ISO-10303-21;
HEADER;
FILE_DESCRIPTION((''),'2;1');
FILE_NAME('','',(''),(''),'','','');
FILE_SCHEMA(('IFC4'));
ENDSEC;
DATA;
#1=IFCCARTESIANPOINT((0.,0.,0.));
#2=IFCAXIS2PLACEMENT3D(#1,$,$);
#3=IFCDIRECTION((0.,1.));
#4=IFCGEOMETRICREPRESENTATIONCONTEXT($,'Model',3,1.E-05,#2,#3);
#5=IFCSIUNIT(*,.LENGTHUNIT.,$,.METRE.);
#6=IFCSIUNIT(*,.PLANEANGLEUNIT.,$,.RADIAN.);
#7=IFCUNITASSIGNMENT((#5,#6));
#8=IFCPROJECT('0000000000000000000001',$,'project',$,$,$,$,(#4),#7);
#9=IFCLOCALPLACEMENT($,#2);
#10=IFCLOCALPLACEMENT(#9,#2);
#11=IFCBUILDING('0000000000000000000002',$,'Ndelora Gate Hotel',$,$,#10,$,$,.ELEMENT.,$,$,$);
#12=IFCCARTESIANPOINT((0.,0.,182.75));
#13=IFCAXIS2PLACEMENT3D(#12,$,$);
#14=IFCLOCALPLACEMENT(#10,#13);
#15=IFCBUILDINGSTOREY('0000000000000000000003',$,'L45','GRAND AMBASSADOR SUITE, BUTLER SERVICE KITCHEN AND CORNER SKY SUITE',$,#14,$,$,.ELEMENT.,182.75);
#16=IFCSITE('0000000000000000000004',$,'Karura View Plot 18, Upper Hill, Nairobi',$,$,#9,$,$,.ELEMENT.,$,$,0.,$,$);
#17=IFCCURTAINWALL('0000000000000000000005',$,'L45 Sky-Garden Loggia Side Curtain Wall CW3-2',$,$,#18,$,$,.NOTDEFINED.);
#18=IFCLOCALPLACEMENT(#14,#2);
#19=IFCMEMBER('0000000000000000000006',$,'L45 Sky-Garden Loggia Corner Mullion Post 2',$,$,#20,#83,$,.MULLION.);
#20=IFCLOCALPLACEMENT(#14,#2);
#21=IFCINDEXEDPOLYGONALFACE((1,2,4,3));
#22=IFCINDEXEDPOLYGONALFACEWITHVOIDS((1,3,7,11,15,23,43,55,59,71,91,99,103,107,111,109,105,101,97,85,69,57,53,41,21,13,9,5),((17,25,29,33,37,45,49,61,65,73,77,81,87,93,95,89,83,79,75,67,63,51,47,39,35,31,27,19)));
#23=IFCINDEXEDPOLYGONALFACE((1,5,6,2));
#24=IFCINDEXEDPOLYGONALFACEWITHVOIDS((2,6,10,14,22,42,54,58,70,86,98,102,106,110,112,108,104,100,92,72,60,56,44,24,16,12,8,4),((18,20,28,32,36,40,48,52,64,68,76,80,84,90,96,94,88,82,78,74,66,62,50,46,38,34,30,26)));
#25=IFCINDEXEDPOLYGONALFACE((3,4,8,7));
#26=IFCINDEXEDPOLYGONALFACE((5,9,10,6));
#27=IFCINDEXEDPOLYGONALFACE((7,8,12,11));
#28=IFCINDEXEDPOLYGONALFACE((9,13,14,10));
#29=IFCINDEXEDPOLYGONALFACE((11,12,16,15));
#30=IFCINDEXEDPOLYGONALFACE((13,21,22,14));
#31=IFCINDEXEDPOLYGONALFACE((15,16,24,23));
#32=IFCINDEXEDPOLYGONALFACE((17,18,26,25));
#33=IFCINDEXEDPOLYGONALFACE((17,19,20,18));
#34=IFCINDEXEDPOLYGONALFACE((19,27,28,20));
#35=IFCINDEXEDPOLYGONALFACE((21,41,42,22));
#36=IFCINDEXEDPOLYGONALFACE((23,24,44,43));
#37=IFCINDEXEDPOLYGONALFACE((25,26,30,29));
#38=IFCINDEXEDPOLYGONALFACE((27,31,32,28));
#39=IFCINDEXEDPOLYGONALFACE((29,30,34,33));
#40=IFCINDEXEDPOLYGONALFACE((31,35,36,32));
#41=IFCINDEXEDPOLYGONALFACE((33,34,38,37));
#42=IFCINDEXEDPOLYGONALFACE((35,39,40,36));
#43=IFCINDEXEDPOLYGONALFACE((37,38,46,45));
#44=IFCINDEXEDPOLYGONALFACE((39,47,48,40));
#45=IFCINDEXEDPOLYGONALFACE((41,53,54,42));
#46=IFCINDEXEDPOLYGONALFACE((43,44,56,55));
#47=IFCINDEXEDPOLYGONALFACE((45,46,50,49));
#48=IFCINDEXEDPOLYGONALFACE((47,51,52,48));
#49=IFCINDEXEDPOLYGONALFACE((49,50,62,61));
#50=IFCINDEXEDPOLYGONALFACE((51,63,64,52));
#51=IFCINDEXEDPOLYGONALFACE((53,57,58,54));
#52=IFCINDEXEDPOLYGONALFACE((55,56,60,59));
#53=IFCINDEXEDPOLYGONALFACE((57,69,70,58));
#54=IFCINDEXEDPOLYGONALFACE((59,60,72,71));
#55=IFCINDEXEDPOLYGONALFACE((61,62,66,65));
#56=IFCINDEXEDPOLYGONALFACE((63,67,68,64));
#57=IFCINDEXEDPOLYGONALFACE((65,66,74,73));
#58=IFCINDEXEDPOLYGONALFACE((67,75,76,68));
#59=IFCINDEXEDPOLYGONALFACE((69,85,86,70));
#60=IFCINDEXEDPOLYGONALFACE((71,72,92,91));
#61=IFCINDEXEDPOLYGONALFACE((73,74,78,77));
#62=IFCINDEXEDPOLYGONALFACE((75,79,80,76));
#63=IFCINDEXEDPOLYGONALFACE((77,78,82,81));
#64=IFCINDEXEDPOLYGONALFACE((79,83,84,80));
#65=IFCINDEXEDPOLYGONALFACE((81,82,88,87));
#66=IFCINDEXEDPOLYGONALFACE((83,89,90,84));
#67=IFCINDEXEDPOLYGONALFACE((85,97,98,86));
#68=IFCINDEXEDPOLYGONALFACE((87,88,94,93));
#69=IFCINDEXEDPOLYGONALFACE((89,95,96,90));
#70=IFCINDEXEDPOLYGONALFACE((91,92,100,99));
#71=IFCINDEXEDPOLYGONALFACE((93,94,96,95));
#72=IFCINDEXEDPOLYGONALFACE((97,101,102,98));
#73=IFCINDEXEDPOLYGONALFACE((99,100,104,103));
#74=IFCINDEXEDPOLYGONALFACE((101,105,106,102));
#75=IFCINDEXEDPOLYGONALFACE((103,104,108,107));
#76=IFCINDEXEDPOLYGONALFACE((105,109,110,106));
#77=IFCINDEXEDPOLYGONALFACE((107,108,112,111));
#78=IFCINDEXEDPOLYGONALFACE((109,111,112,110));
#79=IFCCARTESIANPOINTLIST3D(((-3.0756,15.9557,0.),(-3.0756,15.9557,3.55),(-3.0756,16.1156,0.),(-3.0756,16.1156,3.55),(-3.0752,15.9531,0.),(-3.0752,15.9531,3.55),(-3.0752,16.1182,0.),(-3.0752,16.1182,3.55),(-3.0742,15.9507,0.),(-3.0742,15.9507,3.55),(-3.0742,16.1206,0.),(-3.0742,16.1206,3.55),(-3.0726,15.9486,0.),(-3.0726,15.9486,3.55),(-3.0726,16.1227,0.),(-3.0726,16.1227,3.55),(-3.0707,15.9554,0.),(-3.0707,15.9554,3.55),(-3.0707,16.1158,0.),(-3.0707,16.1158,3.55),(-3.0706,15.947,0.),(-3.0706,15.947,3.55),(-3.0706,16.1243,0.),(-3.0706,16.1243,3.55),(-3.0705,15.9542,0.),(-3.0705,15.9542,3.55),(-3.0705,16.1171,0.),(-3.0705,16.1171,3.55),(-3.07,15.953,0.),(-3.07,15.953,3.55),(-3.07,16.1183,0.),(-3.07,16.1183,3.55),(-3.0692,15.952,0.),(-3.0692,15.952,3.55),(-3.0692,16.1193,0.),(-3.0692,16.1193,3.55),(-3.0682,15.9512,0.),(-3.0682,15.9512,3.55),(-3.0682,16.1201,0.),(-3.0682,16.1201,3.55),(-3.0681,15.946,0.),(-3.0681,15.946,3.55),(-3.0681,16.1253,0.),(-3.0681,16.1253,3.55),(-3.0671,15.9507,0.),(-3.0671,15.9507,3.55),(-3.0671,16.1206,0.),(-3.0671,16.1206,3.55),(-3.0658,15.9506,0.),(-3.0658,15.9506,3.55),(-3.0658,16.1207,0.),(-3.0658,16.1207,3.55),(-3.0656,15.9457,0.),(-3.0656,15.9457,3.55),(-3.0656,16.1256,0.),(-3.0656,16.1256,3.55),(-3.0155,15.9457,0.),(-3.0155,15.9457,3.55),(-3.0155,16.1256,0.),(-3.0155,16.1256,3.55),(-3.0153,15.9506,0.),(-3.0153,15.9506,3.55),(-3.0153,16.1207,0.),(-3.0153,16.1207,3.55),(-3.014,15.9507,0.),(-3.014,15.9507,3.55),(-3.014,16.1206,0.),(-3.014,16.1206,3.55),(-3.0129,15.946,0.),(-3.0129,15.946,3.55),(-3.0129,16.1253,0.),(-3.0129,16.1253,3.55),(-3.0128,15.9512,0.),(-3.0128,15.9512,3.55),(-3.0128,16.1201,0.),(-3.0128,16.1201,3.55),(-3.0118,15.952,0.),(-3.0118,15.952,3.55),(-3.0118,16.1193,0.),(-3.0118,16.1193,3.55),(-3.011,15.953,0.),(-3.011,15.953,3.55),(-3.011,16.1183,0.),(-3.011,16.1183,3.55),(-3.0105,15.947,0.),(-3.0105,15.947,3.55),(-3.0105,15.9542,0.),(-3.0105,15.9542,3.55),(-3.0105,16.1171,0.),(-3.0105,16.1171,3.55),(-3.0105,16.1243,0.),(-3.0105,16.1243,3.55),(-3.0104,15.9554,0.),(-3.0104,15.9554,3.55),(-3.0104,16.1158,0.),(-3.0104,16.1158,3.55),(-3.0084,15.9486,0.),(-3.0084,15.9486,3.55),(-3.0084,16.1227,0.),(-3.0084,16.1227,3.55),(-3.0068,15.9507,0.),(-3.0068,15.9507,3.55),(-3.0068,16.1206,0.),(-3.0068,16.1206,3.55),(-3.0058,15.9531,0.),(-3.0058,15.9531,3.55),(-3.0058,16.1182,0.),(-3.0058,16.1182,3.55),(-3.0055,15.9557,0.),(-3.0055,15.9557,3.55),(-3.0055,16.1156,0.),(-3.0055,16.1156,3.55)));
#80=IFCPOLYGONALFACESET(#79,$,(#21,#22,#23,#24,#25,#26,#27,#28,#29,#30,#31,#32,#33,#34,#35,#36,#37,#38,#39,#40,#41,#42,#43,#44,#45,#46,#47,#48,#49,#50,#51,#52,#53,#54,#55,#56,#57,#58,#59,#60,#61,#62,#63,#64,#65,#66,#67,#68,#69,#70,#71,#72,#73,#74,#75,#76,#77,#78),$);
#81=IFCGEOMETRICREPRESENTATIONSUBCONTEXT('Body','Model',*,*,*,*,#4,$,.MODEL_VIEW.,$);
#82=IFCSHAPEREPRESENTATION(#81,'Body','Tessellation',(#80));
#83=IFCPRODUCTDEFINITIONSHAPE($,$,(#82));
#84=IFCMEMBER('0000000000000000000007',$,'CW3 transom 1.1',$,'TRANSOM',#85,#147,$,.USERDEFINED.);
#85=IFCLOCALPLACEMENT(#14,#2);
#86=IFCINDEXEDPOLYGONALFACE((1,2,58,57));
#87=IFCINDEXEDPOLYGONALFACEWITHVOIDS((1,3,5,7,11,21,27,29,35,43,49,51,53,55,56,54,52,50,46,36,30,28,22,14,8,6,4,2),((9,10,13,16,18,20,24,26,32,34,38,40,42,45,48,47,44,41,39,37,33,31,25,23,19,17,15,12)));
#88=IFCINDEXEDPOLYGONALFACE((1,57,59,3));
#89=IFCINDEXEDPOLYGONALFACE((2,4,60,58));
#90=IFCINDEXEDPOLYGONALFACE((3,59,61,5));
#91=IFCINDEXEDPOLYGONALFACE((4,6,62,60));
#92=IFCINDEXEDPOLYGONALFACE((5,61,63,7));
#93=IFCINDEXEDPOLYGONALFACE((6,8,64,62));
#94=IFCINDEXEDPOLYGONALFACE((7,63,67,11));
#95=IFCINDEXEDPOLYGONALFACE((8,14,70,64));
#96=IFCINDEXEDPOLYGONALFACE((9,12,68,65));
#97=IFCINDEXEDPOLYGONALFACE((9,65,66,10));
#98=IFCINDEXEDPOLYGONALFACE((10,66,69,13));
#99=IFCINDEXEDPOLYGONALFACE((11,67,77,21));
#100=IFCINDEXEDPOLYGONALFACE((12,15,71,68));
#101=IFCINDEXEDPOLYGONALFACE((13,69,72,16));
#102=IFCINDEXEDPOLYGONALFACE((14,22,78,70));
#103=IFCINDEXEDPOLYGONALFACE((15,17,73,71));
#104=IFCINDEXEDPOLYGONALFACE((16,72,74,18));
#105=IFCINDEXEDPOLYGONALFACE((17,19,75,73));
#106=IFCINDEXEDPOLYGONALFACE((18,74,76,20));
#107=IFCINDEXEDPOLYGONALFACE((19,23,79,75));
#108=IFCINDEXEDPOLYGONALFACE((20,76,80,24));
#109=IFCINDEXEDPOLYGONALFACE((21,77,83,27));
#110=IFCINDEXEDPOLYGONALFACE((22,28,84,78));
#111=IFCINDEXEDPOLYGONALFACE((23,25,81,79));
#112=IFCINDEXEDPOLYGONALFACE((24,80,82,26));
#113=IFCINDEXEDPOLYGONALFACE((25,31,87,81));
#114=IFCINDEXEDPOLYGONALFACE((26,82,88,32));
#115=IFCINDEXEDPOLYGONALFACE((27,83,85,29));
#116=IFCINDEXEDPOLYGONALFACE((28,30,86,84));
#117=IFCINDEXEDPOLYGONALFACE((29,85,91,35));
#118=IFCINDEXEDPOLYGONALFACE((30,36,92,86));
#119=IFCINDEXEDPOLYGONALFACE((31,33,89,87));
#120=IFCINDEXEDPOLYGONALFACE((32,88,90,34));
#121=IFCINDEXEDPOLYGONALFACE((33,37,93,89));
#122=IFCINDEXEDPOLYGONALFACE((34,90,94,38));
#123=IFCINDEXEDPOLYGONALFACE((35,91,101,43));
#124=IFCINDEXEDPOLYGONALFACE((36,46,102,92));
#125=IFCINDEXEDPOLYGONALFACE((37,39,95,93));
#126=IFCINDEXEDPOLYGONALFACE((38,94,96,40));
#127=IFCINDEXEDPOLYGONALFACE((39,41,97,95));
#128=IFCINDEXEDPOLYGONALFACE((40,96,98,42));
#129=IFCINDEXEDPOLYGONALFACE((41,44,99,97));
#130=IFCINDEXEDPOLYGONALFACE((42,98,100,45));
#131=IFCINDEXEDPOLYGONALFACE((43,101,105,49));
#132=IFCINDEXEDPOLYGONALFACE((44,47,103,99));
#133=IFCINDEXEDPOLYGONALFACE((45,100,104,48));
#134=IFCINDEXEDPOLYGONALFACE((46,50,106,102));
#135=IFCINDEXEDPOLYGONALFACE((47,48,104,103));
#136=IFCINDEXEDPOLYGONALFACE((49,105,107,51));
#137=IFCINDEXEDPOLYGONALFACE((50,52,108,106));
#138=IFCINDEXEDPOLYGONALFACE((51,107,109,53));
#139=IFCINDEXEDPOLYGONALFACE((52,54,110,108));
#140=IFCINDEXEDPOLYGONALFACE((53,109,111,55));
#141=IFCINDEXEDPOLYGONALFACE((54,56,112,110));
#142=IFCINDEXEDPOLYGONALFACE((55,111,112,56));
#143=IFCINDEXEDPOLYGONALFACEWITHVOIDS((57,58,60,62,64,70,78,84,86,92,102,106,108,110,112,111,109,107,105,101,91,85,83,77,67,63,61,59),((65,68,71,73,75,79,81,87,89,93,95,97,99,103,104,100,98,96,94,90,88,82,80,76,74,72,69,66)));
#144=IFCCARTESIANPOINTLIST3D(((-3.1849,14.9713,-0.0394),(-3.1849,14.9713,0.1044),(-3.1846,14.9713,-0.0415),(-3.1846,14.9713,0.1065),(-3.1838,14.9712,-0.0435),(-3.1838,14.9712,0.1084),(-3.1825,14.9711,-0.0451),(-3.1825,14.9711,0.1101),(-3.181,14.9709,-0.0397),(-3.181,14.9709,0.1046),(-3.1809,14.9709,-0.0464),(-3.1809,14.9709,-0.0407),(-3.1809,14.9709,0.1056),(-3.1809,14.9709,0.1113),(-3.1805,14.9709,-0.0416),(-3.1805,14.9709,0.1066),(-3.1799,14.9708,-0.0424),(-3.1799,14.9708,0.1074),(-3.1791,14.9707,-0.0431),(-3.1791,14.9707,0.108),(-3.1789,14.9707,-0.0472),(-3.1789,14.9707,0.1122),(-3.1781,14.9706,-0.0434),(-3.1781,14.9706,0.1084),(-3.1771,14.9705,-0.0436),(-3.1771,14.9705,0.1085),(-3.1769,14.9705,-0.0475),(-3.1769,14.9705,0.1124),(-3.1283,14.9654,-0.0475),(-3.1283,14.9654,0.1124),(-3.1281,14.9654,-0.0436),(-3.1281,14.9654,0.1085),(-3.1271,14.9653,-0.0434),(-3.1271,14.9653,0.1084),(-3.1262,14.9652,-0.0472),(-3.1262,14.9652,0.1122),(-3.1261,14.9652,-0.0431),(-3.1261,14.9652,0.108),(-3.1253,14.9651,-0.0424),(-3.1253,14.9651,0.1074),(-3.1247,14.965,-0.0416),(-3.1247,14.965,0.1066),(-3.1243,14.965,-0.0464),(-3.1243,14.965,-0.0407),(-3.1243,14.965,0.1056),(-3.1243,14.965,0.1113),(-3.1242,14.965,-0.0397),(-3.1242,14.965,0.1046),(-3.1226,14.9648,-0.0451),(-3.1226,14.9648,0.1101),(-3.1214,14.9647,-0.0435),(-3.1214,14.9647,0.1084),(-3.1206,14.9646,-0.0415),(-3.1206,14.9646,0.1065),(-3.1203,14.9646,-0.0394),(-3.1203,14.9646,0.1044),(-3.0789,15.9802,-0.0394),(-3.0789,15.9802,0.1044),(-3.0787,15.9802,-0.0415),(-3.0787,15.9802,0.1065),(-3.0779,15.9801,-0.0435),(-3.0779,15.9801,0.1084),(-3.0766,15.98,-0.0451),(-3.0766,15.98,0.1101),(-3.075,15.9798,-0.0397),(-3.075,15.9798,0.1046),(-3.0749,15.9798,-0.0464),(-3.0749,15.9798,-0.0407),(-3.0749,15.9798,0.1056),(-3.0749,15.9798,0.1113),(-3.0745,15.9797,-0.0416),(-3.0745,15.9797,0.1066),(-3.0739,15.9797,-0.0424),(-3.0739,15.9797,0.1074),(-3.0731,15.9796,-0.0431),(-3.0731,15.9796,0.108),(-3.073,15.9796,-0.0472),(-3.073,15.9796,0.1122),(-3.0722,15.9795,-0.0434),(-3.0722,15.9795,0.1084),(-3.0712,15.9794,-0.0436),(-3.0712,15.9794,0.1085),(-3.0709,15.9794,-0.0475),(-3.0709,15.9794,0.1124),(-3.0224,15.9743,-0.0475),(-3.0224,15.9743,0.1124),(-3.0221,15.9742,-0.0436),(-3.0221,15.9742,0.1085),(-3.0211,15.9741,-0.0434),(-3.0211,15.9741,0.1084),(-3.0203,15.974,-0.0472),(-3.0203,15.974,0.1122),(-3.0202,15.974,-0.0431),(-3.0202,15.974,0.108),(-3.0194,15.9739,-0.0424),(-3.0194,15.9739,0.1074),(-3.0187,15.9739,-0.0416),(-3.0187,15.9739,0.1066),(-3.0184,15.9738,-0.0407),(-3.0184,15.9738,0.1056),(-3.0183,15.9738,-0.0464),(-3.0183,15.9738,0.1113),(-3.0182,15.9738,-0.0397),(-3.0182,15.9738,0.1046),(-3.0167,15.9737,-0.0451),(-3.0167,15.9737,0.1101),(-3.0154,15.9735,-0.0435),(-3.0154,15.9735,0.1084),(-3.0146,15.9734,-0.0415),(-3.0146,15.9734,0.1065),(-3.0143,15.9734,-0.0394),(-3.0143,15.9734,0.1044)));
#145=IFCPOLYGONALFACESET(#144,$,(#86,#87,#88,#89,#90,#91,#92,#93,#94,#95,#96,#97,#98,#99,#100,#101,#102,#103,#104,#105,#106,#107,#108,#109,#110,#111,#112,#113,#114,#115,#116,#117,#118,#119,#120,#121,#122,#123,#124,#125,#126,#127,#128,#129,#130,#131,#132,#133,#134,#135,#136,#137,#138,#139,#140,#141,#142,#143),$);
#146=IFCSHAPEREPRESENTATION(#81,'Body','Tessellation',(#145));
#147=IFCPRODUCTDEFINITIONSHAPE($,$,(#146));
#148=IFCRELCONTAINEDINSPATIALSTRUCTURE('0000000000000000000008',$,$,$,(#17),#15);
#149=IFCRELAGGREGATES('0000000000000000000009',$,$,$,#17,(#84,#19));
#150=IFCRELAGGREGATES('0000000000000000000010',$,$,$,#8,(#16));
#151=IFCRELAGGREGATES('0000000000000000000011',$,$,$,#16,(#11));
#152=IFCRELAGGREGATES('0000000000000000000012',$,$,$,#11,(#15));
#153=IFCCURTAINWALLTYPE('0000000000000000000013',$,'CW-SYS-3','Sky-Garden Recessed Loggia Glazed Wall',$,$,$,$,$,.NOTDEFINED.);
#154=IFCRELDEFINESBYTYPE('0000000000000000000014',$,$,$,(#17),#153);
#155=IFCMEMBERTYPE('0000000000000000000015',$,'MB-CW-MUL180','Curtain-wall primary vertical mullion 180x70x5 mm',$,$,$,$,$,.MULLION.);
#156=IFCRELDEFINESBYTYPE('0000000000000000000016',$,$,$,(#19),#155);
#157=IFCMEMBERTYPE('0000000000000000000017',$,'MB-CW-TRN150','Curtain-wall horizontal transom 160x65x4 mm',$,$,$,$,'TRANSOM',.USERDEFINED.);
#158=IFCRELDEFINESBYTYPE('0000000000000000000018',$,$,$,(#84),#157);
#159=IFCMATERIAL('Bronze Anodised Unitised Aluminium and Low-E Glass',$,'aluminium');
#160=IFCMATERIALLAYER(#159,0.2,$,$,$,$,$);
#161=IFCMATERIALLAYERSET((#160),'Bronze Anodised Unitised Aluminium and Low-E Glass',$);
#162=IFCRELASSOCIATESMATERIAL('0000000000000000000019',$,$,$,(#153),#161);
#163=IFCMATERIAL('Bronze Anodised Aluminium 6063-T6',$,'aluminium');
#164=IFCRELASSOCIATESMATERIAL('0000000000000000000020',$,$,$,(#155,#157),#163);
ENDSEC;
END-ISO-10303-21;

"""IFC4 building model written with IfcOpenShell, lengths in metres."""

from ifc_helpers import new_model, si_unit, direction, frame, origin, origin_2d, place, context, subcontext, project, spatial, hollow_rectangle, extrude, material, layer, layer_set, material_profile, profile_set, type_object, element, aggregate, save


model = new_model("IFC4")

# Units and contexts
model_context = context("Model", 3, precision=1e-05, world=origin(), true_north=direction((0.0, 1.0)))
body_context = subcontext(model_context, "Body", "Model", "MODEL_VIEW")
ifc_project = project(units=[si_unit("LENGTHUNIT", "METRE"), si_unit("PLANEANGLEUNIT", "RADIAN")], contexts=[model_context])

# Site, building, storey
site_placement = place(None, origin())
site = spatial("IfcSite", under=ifc_project, at=site_placement, Name="Karura View Plot 18, Upper Hill, Nairobi", CompositionType="ELEMENT", RefElevation=0.0)
building_placement = place(site_placement, origin())
building = spatial("IfcBuilding", under=site, at=building_placement, Name="Ndelora Gate Hotel", CompositionType="ELEMENT")
storey_placement = place(building_placement, frame((0.0, 0.0, 182.75)))
storey = spatial("IfcBuildingStorey", under=building, at=storey_placement, Name="L45", Description="GRAND AMBASSADOR SUITE, BUTLER SERVICE KITCHEN AND CORNER SKY SUITE", CompositionType="ELEMENT", Elevation=182.75)

# Curtain wall, members
ifc_material_1 = material(Name="Bronze Anodised Unitised Aluminium and Low-E Glass", Category="aluminium")
ifc_layer_1 = layer(ifc_material_1, 0.2)
ifc_layer_set_1 = layer_set([ifc_layer_1], Name="Bronze Anodised Unitised Aluminium and Low-E Glass")
curtain_wall_type = type_object("IfcCurtainWallType", Name="CW-SYS-3", Description="Sky-Garden Recessed Loggia Glazed Wall", PredefinedType="NOTDEFINED", material=ifc_layer_set_1)
curtain_wall_placement = place(storey_placement, origin())
curtain_wall = element("IfcCurtainWall", 1, at=curtain_wall_placement, inside=storey, type_object=curtain_wall_type, Name="L45 Sky-Garden Loggia Side Curtain Wall CW3-2", PredefinedType="NOTDEFINED")
ifc_material_2 = material(Name="Bronze Anodised Aluminium 6063-T6", Category="aluminium")
ifc_material_profile_1 = material_profile(ifc_material_2, hollow_rectangle(XDim=0.0701, YDim=0.1799, WallThickness=0.0049, InnerFilletRadius=0.0049, OuterFilletRadius=0.01, at=origin_2d()), Name="ALU 180x70x5")
ifc_profile_set_1 = profile_set([ifc_material_profile_1], Name="Bronze Anodised Aluminium 6063-T6")
member_type_1 = type_object("IfcMemberType", Name="MB-CW-MUL180", Description="Curtain-wall primary vertical mullion 180x70x5 mm", PredefinedType="MULLION", material=ifc_profile_set_1)
member_1_placement = place(storey_placement, frame((-3.0405, 16.0356, 0.0), z_axis=(0.0, 0.0, 1.0), x_axis=(1.0, 0.0, 0.0)))
member_1 = element("IfcMember", 2, at=member_1_placement, type_object=member_type_1, Name="L45 Sky-Garden Loggia Corner Mullion Post 2", PredefinedType="MULLION", context=body_context, shape_type="SweptSolid", body=[
    extrude(hollow_rectangle(XDim=0.0701, YDim=0.1799, WallThickness=0.0049, InnerFilletRadius=0.0049, OuterFilletRadius=0.01, at=origin_2d()), origin(), (0.0, 0.0, 1.0), 3.55),
])
ifc_material_profile_2 = material_profile(ifc_material_2, hollow_rectangle(XDim=0.0649, YDim=0.1599, WallThickness=0.0039, InnerFilletRadius=0.0039, OuterFilletRadius=0.0081, at=origin_2d()), Name="ALU 160x65x4")
ifc_profile_set_2 = profile_set([ifc_material_profile_2], Name="Bronze Anodised Aluminium 6063-T6")
member_type_2 = type_object("IfcMemberType", Name="MB-CW-TRN150", Description="Curtain-wall horizontal transom 160x65x4 mm", ElementType="TRANSOM", PredefinedType="USERDEFINED", material=ifc_profile_set_2)
member_2_placement = place(storey_placement, frame((-3.0466, 15.9768, 0.0325), z_axis=(-0.104459, -0.994529, 0.0), x_axis=(0.994529, -0.104459, 0.0)))
member_2 = element("IfcMember", 3, at=member_2_placement, type_object=member_type_2, Name="CW3 transom 1.1", ObjectType="TRANSOM", PredefinedType="USERDEFINED", context=body_context, shape_type="SweptSolid", body=[
    extrude(hollow_rectangle(XDim=0.0649, YDim=0.1599, WallThickness=0.0039, InnerFilletRadius=0.0039, OuterFilletRadius=0.0081, at=origin_2d()), origin(), (0.0, 0.0, 1.0), 1.0144),
])
aggregate(curtain_wall, [member_2, member_1])

save(model, "model.ifc")
